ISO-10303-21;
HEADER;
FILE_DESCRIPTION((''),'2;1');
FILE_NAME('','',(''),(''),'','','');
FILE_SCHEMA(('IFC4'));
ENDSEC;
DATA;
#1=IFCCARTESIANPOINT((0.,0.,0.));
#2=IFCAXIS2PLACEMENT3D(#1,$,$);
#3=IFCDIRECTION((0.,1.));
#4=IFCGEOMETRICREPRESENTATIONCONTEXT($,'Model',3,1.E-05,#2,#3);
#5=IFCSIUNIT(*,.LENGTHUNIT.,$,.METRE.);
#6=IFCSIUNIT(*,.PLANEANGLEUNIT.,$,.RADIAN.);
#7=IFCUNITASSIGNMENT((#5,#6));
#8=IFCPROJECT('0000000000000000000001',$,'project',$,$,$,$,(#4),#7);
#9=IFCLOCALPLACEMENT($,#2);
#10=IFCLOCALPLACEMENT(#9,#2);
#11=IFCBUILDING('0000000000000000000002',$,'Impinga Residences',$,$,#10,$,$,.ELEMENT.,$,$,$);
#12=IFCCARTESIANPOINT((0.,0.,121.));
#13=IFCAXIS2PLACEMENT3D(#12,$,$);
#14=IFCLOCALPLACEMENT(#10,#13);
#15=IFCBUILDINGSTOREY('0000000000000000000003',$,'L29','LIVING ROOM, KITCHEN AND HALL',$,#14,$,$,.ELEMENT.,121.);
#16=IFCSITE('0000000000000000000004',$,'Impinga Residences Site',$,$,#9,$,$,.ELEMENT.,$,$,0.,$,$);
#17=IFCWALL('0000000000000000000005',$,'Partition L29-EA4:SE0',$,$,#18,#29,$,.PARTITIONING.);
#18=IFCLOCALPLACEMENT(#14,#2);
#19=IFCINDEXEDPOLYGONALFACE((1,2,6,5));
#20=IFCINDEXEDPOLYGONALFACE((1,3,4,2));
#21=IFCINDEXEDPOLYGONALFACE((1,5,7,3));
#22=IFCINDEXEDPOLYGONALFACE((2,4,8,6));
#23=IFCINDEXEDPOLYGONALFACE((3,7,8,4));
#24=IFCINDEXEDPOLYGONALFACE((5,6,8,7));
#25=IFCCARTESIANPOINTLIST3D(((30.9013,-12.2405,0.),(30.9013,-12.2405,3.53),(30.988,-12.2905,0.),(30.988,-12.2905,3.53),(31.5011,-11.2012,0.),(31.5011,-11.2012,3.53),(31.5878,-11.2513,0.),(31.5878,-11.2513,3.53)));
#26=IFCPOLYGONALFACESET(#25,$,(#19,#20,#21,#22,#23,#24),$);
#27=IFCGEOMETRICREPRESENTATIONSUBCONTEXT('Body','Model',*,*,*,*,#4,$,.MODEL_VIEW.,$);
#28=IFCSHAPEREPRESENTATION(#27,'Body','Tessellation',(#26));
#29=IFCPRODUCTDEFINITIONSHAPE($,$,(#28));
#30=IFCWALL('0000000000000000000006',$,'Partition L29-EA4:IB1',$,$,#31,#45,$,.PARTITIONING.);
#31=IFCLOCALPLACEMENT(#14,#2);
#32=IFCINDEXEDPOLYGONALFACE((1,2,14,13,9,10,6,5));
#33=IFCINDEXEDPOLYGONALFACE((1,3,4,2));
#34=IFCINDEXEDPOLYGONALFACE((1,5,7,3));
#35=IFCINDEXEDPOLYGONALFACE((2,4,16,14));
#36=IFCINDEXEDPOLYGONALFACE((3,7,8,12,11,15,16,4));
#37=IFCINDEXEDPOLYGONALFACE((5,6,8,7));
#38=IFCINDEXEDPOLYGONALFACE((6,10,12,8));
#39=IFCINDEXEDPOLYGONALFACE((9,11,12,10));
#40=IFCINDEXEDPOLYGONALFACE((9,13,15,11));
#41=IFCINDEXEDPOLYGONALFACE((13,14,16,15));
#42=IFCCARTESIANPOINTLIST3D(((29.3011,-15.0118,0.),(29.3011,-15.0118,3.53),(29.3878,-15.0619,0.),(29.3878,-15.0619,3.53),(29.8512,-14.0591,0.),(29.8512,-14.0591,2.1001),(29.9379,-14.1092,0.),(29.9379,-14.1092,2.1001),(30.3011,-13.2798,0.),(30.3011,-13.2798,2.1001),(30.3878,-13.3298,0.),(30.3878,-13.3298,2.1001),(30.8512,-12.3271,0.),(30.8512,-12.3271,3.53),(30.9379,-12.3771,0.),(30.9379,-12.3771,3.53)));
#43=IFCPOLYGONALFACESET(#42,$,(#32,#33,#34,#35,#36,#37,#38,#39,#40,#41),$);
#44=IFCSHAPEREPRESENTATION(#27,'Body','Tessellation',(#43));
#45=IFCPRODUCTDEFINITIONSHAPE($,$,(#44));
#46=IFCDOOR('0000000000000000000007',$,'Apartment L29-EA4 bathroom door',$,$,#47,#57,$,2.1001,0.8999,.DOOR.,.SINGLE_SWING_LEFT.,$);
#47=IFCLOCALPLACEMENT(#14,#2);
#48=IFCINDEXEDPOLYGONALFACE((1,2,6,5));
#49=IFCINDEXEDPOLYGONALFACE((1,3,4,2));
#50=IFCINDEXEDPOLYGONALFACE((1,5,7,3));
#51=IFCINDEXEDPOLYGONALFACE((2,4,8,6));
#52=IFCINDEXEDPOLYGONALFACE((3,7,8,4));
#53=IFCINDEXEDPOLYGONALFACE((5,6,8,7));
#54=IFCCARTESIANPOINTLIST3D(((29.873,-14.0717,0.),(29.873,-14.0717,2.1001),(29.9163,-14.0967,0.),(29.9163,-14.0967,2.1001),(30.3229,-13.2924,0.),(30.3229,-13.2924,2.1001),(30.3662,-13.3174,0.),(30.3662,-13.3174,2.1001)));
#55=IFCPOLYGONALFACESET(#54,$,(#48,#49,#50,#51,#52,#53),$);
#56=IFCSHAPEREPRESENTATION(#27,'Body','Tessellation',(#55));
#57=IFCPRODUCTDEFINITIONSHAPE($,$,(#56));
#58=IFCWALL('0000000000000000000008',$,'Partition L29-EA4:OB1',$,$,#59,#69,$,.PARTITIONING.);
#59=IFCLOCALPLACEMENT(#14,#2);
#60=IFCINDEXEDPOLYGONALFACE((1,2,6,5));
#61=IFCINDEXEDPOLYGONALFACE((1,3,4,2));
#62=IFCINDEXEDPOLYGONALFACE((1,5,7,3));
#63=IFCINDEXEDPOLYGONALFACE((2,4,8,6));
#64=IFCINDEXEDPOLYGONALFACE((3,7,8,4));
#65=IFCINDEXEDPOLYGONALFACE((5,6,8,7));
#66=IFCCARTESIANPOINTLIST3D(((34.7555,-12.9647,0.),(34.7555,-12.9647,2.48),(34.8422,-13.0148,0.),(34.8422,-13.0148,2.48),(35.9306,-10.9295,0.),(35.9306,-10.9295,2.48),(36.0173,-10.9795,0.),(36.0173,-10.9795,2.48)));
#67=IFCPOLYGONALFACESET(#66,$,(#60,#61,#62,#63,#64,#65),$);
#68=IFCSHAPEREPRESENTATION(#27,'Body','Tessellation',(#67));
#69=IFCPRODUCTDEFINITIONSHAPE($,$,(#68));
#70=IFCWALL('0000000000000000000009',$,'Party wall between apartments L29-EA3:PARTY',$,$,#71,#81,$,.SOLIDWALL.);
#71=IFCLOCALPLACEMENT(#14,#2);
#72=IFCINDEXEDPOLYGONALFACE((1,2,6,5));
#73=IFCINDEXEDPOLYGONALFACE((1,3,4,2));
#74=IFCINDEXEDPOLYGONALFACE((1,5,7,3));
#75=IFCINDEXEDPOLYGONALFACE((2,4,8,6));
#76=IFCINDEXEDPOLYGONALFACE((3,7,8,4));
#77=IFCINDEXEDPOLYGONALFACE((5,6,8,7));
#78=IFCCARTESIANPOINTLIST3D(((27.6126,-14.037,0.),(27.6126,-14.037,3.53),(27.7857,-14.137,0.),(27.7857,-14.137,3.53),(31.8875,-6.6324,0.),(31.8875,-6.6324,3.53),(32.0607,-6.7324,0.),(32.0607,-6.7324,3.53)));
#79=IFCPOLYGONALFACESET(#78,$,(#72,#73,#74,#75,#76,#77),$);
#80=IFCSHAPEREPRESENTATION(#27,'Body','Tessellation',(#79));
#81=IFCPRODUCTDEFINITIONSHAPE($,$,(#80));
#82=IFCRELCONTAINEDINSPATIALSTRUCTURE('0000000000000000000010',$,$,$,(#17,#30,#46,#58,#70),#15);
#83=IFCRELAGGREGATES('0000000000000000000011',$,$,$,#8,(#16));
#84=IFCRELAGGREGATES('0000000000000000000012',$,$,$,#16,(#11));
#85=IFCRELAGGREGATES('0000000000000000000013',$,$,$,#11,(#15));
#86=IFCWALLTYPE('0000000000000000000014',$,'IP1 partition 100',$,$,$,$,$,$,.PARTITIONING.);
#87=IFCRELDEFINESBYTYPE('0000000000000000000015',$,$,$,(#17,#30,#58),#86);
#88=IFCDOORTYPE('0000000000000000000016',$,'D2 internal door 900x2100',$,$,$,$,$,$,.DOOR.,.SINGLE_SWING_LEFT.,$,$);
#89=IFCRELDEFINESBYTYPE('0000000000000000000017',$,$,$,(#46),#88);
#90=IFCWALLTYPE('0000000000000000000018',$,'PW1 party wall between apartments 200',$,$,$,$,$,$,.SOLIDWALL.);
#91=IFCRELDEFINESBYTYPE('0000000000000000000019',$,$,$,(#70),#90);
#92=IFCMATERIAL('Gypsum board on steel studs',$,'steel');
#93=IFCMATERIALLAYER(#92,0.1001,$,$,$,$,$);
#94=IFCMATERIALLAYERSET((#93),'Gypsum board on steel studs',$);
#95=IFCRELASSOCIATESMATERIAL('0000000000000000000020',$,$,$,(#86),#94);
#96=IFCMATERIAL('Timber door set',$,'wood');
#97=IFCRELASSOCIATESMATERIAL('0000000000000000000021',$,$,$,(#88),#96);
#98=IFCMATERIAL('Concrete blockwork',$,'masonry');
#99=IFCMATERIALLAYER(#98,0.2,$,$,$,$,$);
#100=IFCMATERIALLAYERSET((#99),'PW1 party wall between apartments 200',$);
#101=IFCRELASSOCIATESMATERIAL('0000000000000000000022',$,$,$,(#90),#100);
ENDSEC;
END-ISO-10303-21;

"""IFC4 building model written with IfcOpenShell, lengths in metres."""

from ifc_helpers import new_model, si_unit, direction, frame, frame_2d, origin, place, context, subcontext, project, spatial, rectangle, extrude, material, layer, layer_set, type_object, element, fill, save


model = new_model("IFC4")

# Units and contexts
model_context = context("Model", 3, precision=1e-05, world=origin(), true_north=direction((0.0, 1.0)))
body_context = subcontext(model_context, "Body", "Model", "MODEL_VIEW")
ifc_project = project(units=[si_unit("LENGTHUNIT", "METRE"), si_unit("PLANEANGLEUNIT", "RADIAN")], contexts=[model_context])

# Site, building, storey
site_placement = place(None, origin())
site = spatial("IfcSite", under=ifc_project, at=site_placement, Name="Impinga Residences Site", CompositionType="ELEMENT", RefElevation=0.0)
building_placement = place(site_placement, origin())
building = spatial("IfcBuilding", under=site, at=building_placement, Name="Impinga Residences", CompositionType="ELEMENT")
storey_placement = place(building_placement, frame((0.0, 0.0, 121.0)))
storey = spatial("IfcBuildingStorey", under=building, at=storey_placement, Name="L29", Description="LIVING ROOM, KITCHEN AND HALL", CompositionType="ELEMENT", Elevation=121.0)

# Shared definitions
ifc_material_1 = material(Name="Concrete blockwork", Category="masonry")
ifc_material_2 = material(Name="Timber door set", Category="wood")

# Shared definitions
ifc_material_3 = material(Name="Gypsum board on steel studs", Category="steel")
ifc_layer_1 = layer(ifc_material_3, 0.1001)
ifc_layer_set_1 = layer_set([ifc_layer_1], Name="Gypsum board on steel studs")
wall_type_1 = type_object("IfcWallType", Name="IP1 partition 100", PredefinedType="PARTITIONING", material=ifc_layer_set_1)

# Shared definitions
door_type_1 = type_object("IfcDoorType", Name="D2 internal door 900x2100", OperationType="SINGLE_SWING_LEFT", PredefinedType="DOOR", material=ifc_material_2)

# Wall
wall_1_placement = place(storey_placement, frame((30.9446, -12.2656, 0.0), z_axis=(0.0, 0.0, 1.0), x_axis=(0.499881, 0.866094, 0.0)))
element("IfcWall", 1, at=wall_1_placement, inside=storey, type_object=wall_type_1, Name="Partition L29-EA4:SE0", PredefinedType="PARTITIONING", context=body_context, shape_type="SweptSolid", body=[
    extrude(rectangle(XDim=1.2, YDim=0.1001, at=frame_2d((0.6001, 0.0))), origin(), (0.0, 0.0, 1.0), 3.53),
])

# Wall, opening, door
wall_2_placement = place(storey_placement, frame((29.3445, -15.0369, 0.0), z_axis=(0.0, 0.0, 1.0), x_axis=(0.499993, 0.86603, 0.0)))
wall_2 = element("IfcWall", 2, at=wall_2_placement, inside=storey, type_object=wall_type_1, Name="Partition L29-EA4:IB1", PredefinedType="PARTITIONING", context=body_context, shape_type="SweptSolid", body=[
    extrude(rectangle(XDim=3.1001, YDim=0.1001, at=frame_2d((1.55, 0.0))), origin(), (0.0, 0.0, 1.0), 3.53),
])
opening_1_placement = place(wall_2_placement, frame((1.1001, 0.0, 0.0)))
opening_1 = element("IfcOpeningElement", 3, at=opening_1_placement, cuts=wall_2, PredefinedType="OPENING", context=body_context, shape_type="SweptSolid", body=[
    extrude(rectangle(XDim=0.8999, YDim=2.1001, at=frame_2d((0.45, 1.05))), frame((0.0, 0.0601, 0.0), z_axis=(0.0, -1.0, 0.0), x_axis=(1.0, 0.0, 0.0)), (0.0, 0.0, 1.0), 0.1201),
])
door_1_placement = place(opening_1_placement, origin())
door_1 = element("IfcDoor", 4, at=door_1_placement, inside=storey, type_object=door_type_1, Name="Apartment L29-EA4 bathroom door", OperationType="SINGLE_SWING_LEFT", OverallHeight=2.1001, OverallWidth=0.8999, PredefinedType="DOOR", context=body_context, shape_type="SweptSolid", body=[
    extrude(rectangle(XDim=0.8999, YDim=2.1001, at=frame_2d((0.45, 1.05))), frame((0.0, 0.0249, 0.0), z_axis=(0.0, -1.0, 0.0), x_axis=(1.0, 0.0, 0.0)), (0.0, 0.0, 1.0), 0.05),
])
fill(opening_1, door_1)

# Walls
wall_3_placement = place(storey_placement, frame((34.7988, -12.9897, 0.0), z_axis=(0.0, 0.0, 1.0), x_axis=(0.500016, 0.866016, 0.0)))
element("IfcWall", 5, at=wall_3_placement, inside=storey, type_object=wall_type_1, Name="Partition L29-EA4:OB1", PredefinedType="PARTITIONING", context=body_context, shape_type="SweptSolid", body=[
    extrude(rectangle(XDim=2.3501, YDim=0.1001, at=frame_2d((1.175, 0.0))), origin(), (0.0, 0.0, 1.0), 2.48),
])
ifc_layer_2 = layer(ifc_material_1, 0.2)
ifc_layer_set_2 = layer_set([ifc_layer_2], Name="PW1 party wall between apartments 200")
wall_type_2 = type_object("IfcWallType", Name="PW1 party wall between apartments 200", PredefinedType="SOLIDWALL", material=ifc_layer_set_2)
wall_4_placement = place(storey_placement, frame((27.6992, -14.0869, 0.0), z_axis=(0.0, 0.0, 1.0), x_axis=(0.49999, 0.866031, 0.0)))
element("IfcWall", 6, at=wall_4_placement, inside=storey, type_object=wall_type_2, Name="Party wall between apartments L29-EA3:PARTY", PredefinedType="SOLIDWALL", context=body_context, shape_type="SweptSolid", body=[
    extrude(rectangle(XDim=8.55, YDim=0.2, at=frame_2d((4.2749, 0.0))), origin(), (0.0, 0.0, 1.0), 3.53),
])

save(model, "model.ifc")
